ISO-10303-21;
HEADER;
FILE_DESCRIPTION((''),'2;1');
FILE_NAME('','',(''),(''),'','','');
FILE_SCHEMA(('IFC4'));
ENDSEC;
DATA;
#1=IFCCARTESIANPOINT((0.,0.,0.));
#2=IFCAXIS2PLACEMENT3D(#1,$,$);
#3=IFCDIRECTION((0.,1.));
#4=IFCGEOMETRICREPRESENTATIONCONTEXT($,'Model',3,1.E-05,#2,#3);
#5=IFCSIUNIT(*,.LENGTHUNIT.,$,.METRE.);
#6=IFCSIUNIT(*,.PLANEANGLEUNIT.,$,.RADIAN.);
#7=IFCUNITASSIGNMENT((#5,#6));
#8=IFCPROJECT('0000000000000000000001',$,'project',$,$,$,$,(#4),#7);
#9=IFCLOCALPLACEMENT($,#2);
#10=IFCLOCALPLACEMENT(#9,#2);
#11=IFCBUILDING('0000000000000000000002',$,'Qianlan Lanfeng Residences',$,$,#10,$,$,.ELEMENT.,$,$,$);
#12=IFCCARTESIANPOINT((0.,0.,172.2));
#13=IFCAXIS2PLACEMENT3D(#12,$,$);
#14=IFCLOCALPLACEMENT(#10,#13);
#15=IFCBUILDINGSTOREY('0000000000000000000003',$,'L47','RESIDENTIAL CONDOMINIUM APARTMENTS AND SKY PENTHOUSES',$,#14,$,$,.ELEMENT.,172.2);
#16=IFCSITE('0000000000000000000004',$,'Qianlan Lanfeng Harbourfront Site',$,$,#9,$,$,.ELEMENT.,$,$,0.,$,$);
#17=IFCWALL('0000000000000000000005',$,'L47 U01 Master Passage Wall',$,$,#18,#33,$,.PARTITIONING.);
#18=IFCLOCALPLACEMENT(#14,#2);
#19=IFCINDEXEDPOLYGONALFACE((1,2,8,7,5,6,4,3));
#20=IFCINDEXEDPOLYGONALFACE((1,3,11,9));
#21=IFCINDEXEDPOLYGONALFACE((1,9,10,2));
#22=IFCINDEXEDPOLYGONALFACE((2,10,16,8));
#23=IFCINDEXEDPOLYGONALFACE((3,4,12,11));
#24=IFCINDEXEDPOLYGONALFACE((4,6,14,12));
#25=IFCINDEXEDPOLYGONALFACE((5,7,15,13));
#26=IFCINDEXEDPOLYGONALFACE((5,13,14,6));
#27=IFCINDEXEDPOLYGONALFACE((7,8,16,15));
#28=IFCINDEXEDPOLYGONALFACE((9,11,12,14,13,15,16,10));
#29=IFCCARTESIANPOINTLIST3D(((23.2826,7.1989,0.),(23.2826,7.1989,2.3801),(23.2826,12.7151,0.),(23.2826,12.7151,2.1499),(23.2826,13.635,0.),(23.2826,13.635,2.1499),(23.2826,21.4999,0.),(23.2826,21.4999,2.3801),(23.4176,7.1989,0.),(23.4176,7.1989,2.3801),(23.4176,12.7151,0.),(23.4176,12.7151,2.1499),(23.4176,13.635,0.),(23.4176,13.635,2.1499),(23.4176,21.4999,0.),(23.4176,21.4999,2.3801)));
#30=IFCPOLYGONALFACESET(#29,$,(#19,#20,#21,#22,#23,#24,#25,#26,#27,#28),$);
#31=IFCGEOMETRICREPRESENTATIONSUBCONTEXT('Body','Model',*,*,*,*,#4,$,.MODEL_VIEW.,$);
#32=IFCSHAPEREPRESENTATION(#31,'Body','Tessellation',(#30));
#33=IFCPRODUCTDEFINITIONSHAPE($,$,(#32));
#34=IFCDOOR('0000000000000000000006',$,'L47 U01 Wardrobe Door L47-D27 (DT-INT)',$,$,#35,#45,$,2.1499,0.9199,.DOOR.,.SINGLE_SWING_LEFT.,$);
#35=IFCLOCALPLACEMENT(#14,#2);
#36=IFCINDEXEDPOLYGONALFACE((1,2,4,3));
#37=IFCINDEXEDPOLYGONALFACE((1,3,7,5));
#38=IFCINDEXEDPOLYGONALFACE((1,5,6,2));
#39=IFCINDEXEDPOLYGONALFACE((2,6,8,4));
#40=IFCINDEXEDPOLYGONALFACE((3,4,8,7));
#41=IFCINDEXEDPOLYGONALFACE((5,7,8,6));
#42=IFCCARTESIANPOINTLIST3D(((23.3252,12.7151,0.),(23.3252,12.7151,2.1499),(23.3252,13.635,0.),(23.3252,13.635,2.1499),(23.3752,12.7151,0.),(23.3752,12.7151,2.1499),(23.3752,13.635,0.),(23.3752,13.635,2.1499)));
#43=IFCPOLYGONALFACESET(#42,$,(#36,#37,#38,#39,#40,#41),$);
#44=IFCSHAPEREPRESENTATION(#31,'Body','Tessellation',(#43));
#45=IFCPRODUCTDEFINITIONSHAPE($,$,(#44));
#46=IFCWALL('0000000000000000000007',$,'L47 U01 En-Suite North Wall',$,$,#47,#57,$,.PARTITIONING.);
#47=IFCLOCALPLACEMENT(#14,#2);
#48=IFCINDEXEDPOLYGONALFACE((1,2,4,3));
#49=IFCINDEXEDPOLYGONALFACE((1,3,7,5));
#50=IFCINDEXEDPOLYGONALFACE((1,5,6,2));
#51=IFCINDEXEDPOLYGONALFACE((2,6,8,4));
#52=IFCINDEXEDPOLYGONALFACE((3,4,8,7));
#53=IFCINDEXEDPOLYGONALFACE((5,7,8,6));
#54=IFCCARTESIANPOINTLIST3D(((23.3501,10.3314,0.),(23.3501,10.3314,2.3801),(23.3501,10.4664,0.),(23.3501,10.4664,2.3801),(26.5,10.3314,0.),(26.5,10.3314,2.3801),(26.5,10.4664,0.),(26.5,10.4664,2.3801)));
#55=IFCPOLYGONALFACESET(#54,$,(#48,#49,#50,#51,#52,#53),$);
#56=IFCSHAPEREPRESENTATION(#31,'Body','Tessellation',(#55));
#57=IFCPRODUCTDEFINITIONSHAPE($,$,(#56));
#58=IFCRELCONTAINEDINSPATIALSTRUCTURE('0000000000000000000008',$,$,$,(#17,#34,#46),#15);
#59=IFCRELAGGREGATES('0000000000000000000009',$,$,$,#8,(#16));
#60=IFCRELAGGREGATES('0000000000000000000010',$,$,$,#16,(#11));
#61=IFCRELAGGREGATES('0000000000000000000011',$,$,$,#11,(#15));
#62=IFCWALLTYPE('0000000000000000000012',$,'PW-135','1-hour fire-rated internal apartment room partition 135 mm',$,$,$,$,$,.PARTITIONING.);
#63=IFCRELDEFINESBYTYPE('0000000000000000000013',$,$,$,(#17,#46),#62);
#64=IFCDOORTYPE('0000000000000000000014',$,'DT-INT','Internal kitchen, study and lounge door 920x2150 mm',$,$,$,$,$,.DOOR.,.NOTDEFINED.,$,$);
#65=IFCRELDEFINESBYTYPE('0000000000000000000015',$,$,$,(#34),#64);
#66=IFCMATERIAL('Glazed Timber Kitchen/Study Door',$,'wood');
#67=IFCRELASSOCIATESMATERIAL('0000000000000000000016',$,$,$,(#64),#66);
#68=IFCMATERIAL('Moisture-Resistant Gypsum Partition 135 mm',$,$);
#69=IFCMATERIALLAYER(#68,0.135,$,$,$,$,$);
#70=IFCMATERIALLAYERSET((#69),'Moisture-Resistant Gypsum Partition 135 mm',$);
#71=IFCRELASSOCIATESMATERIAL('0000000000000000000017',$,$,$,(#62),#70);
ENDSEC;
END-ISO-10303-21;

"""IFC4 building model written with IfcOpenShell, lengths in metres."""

from ifc_helpers import new_model, si_unit, direction, frame, frame_2d, origin, place, context, subcontext, project, spatial, rectangle, extrude, material, layer, layer_set, type_object, element, fill, save


model = new_model("IFC4")

# Units and contexts
model_context = context("Model", 3, precision=1e-05, world=origin(), true_north=direction((0.0, 1.0)))
body_context = subcontext(model_context, "Body", "Model", "MODEL_VIEW")
ifc_project = project(units=[si_unit("LENGTHUNIT", "METRE"), si_unit("PLANEANGLEUNIT", "RADIAN")], contexts=[model_context])

# Site, building, storey
site_placement = place(None, origin())
site = spatial("IfcSite", under=ifc_project, at=site_placement, Name="Qianlan Lanfeng Harbourfront Site", CompositionType="ELEMENT", RefElevation=0.0)
building_placement = place(site_placement, origin())
building = spatial("IfcBuilding", under=site, at=building_placement, Name="Qianlan Lanfeng Residences", CompositionType="ELEMENT")
storey_placement = place(building_placement, frame((0.0, 0.0, 172.2)))
storey = spatial("IfcBuildingStorey", under=building, at=storey_placement, Name="L47", Description="RESIDENTIAL CONDOMINIUM APARTMENTS AND SKY PENTHOUSES", CompositionType="ELEMENT", Elevation=172.2)

# Shared definitions
ifc_material_1 = material(Name="Glazed Timber Kitchen/Study Door", Category="wood")
door_type_1 = type_object("IfcDoorType", Name="DT-INT", Description="Internal kitchen, study and lounge door 920x2150 mm", OperationType="NOTDEFINED", PredefinedType="DOOR", material=ifc_material_1)

# Shared definitions
ifc_material_2 = material(Name="Moisture-Resistant Gypsum Partition 135 mm")
ifc_layer_1 = layer(ifc_material_2, 0.135)
ifc_layer_set_1 = layer_set([ifc_layer_1], Name="Moisture-Resistant Gypsum Partition 135 mm")
wall_type_1 = type_object("IfcWallType", Name="PW-135", Description="1-hour fire-rated internal apartment room partition 135 mm", PredefinedType="PARTITIONING", material=ifc_layer_set_1)

# Wall, opening, door
wall_1_placement = place(storey_placement, frame((23.3501, 7.199, 0.0), z_axis=(0.0, 0.0, 1.0), x_axis=(0.0, 1.0, 0.0)))
wall_1 = element("IfcWall", 1, at=wall_1_placement, inside=storey, type_object=wall_type_1, Name="L47 U01 Master Passage Wall", PredefinedType="PARTITIONING", context=body_context, shape_type="SweptSolid", body=[
    extrude(rectangle(XDim=14.301, YDim=0.135, at=frame_2d((7.1504, 0.0))), origin(), (0.0, 0.0, 1.0), 2.3801),
])
opening_1_placement = place(wall_1_placement, frame((5.5161, 0.0, 0.0)))
opening_1 = element("IfcOpeningElement", 2, at=opening_1_placement, cuts=wall_1, PredefinedType="OPENING", context=body_context, shape_type="SweptSolid", body=[
    extrude(rectangle(XDim=0.9199, YDim=2.1499, at=frame_2d((0.46, 1.075))), frame((0.0, 0.0776, 0.0), z_axis=(0.0, -1.0, 0.0), x_axis=(1.0, 0.0, 0.0)), (0.0, 0.0, 1.0), 0.155),
])
door_1_placement = place(opening_1_placement, origin())
door_1 = element("IfcDoor", 3, at=door_1_placement, inside=storey, type_object=door_type_1, Name="L47 U01 Wardrobe Door L47-D27 (DT-INT)", OperationType="SINGLE_SWING_LEFT", OverallHeight=2.1499, OverallWidth=0.9199, PredefinedType="DOOR", context=body_context, shape_type="SweptSolid", body=[
    extrude(rectangle(XDim=0.9199, YDim=2.1499, at=frame_2d((0.46, 1.075))), frame((0.0, 0.0249, 0.0), z_axis=(0.0, -1.0, 0.0), x_axis=(1.0, 0.0, 0.0)), (0.0, 0.0, 1.0), 0.05),
])
fill(opening_1, door_1)

# Wall
wall_2_placement = place(storey_placement, frame((23.3501, 10.3989, 0.0), z_axis=(0.0, 0.0, 1.0), x_axis=(1.0, 0.0, 0.0)))
element("IfcWall", 4, at=wall_2_placement, inside=storey, type_object=wall_type_1, Name="L47 U01 En-Suite North Wall", PredefinedType="PARTITIONING", context=body_context, shape_type="SweptSolid", body=[
    extrude(rectangle(XDim=3.1499, YDim=0.135, at=frame_2d((1.575, 0.0))), origin(), (0.0, 0.0, 1.0), 2.3801),
])

save(model, "model.ifc")
